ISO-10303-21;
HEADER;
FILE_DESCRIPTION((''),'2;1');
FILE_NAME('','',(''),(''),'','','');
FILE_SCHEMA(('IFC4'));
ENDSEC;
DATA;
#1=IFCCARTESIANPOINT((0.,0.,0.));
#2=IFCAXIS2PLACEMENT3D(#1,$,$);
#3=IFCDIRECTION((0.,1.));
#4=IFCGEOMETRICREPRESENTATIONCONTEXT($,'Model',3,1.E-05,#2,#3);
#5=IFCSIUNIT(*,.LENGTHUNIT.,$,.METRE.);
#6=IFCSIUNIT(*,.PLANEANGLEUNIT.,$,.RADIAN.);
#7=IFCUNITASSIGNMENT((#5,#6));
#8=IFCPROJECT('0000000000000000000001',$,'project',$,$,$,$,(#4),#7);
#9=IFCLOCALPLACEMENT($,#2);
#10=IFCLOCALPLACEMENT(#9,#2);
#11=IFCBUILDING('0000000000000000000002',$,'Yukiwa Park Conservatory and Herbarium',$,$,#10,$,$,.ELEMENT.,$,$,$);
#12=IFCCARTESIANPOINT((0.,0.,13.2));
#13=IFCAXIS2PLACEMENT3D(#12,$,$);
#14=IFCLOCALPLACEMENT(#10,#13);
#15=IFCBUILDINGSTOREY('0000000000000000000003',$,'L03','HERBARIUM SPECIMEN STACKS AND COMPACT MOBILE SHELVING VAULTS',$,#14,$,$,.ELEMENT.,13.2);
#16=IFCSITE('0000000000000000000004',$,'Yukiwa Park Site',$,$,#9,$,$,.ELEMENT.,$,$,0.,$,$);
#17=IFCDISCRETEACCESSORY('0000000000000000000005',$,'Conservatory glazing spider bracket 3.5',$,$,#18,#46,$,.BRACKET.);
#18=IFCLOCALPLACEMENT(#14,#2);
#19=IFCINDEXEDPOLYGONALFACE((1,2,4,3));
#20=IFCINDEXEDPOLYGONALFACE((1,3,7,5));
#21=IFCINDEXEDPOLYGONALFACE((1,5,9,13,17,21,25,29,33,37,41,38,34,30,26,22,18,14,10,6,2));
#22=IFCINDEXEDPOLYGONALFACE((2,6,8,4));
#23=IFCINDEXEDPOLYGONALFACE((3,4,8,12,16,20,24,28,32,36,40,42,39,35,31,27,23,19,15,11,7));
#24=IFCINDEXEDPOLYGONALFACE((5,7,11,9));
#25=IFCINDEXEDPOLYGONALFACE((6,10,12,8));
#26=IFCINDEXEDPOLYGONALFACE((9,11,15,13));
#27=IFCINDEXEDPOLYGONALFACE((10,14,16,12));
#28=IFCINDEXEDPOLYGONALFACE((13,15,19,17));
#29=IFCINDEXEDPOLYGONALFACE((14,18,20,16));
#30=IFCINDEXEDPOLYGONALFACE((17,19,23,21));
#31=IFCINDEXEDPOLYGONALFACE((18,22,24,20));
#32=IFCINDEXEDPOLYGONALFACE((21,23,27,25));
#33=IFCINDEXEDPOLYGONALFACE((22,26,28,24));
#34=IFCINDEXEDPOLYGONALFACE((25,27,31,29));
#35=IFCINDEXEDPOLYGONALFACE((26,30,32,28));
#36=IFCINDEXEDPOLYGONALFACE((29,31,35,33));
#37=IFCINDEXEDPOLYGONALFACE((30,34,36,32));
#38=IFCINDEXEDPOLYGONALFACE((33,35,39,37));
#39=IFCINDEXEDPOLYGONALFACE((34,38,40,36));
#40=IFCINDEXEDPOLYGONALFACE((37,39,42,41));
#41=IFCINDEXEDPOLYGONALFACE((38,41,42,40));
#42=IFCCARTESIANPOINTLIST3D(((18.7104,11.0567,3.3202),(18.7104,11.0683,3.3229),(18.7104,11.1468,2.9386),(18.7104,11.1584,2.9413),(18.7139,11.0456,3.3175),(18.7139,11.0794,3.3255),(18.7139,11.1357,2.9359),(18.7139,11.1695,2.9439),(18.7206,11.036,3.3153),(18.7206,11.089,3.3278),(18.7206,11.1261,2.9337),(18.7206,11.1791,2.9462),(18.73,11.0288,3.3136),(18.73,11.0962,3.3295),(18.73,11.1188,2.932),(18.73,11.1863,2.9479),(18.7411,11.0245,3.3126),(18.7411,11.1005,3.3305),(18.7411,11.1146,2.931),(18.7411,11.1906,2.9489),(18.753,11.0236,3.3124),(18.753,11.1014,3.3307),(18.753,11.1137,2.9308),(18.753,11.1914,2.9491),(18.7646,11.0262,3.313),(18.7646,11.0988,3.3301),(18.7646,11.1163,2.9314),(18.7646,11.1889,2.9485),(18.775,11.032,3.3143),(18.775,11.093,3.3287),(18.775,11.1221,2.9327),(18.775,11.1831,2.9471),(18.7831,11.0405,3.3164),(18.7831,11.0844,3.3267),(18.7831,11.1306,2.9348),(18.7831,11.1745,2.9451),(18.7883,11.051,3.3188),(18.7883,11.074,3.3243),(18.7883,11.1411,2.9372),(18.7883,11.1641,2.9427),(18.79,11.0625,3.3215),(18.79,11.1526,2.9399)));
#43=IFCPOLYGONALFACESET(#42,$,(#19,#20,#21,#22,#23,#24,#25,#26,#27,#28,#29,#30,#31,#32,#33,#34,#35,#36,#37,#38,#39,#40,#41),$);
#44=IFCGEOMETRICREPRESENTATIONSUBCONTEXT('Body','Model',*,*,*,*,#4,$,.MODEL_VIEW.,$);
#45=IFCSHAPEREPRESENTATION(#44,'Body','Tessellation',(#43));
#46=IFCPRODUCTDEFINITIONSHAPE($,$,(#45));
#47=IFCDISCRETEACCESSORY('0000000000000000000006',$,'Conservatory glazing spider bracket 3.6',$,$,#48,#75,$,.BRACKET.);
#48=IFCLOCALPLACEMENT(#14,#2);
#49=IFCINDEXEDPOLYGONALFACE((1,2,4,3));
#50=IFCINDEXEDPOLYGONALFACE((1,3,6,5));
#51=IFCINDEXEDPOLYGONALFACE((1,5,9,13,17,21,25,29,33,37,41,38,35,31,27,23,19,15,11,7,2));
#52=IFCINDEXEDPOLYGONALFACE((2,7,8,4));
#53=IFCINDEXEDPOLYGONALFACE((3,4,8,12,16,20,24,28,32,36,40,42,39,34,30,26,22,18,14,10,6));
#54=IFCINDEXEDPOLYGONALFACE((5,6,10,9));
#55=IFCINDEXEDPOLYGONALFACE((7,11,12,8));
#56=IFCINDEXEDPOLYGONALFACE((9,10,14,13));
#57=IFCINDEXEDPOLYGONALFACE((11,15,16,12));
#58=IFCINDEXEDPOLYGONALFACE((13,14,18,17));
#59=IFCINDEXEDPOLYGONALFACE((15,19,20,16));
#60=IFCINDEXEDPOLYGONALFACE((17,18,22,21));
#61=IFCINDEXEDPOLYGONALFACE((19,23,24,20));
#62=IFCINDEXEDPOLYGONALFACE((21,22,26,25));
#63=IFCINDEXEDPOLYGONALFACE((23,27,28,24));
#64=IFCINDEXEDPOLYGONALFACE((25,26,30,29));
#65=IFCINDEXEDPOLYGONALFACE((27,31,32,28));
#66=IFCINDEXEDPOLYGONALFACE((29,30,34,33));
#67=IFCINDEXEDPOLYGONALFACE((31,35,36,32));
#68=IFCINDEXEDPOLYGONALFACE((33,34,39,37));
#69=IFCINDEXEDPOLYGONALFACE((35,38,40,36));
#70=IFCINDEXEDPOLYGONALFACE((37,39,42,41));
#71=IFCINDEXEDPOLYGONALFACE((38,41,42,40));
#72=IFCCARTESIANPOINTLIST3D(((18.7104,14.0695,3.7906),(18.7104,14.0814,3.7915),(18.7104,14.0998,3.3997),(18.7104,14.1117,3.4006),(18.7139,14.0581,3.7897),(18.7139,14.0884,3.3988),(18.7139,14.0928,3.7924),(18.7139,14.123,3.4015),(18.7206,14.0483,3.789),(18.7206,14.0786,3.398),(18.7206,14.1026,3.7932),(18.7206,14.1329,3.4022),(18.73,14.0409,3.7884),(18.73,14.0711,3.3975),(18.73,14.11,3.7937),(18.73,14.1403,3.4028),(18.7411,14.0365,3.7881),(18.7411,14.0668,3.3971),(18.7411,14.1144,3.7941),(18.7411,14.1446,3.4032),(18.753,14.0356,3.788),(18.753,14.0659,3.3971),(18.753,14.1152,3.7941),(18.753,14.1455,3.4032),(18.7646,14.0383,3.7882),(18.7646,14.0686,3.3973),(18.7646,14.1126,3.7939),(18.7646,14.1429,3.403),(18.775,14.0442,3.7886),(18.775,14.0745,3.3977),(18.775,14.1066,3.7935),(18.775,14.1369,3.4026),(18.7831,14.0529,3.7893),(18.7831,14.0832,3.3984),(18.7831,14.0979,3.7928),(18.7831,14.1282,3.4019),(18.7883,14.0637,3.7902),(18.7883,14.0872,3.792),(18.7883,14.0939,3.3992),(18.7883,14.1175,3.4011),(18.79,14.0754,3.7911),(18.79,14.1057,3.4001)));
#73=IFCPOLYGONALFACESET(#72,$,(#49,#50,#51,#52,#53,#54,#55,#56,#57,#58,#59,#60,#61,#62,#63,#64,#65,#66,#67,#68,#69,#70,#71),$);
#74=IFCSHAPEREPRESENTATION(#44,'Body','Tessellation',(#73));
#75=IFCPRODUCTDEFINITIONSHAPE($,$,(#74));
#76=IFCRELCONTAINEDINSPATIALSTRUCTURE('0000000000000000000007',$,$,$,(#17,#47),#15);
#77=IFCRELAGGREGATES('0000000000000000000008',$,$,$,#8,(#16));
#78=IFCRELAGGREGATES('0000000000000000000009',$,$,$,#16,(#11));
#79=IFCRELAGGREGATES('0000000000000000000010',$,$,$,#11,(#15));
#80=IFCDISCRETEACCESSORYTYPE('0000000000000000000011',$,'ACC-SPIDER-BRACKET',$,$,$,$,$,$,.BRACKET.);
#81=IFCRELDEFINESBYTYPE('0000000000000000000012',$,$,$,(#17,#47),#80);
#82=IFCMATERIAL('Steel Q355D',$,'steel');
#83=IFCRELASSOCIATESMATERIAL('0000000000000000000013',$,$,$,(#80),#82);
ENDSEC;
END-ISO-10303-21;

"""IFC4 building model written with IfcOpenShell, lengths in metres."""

from ifc_helpers import new_model, si_unit, direction, frame, origin, origin_2d, place, context, subcontext, project, spatial, circle, extrude, material, type_object, element, save


model = new_model("IFC4")

# Units and contexts
model_context = context("Model", 3, precision=1e-05, world=origin(), true_north=direction((0.0, 1.0)))
body_context = subcontext(model_context, "Body", "Model", "MODEL_VIEW")
ifc_project = project(units=[si_unit("LENGTHUNIT", "METRE"), si_unit("PLANEANGLEUNIT", "RADIAN")], contexts=[model_context])

# Site, building, storey
site_placement = place(None, origin())
site = spatial("IfcSite", under=ifc_project, at=site_placement, Name="Yukiwa Park Site", CompositionType="ELEMENT", RefElevation=0.0)
building_placement = place(site_placement, origin())
building = spatial("IfcBuilding", under=site, at=building_placement, Name="Yukiwa Park Conservatory and Herbarium", CompositionType="ELEMENT")
storey_placement = place(building_placement, frame((0.0, 0.0, 13.2)))
storey = spatial("IfcBuildingStorey", under=building, at=storey_placement, Name="L03", Description="HERBARIUM SPECIMEN STACKS AND COMPACT MOBILE SHELVING VAULTS", CompositionType="ELEMENT", Elevation=13.2)

# Discrete accessories
ifc_material_1 = material(Name="Steel Q355D", Category="steel")
discrete_accessory_type = type_object("IfcDiscreteAccessoryType", Name="ACC-SPIDER-BRACKET", PredefinedType="BRACKET", material=ifc_material_1)
for number, where, z_axis, x_axis, name in (
    (1, (18.75, 11.1526, 2.9399), (0.0, -0.229768, 0.973245), (1.0, 0.0, 0.0), "Conservatory glazing spider bracket 3.5"),
    (2, (18.75, 14.1057, 3.4001), (0.0, -0.07722, 0.997014), (1.0, 0.0, 0.0), "Conservatory glazing spider bracket 3.6"),
):
    element("IfcDiscreteAccessory", number, at=place(storey_placement, frame(where, z_axis=z_axis, x_axis=x_axis)), inside=storey, type_object=discrete_accessory_type, Name=name, PredefinedType="BRACKET", context=body_context, shape_type="SweptSolid", body=[
        extrude(circle(Radius=0.04, at=origin_2d()), origin(), (0.0, 0.0, 1.0), 0.3921),
    ])

save(model, "model.ifc")
